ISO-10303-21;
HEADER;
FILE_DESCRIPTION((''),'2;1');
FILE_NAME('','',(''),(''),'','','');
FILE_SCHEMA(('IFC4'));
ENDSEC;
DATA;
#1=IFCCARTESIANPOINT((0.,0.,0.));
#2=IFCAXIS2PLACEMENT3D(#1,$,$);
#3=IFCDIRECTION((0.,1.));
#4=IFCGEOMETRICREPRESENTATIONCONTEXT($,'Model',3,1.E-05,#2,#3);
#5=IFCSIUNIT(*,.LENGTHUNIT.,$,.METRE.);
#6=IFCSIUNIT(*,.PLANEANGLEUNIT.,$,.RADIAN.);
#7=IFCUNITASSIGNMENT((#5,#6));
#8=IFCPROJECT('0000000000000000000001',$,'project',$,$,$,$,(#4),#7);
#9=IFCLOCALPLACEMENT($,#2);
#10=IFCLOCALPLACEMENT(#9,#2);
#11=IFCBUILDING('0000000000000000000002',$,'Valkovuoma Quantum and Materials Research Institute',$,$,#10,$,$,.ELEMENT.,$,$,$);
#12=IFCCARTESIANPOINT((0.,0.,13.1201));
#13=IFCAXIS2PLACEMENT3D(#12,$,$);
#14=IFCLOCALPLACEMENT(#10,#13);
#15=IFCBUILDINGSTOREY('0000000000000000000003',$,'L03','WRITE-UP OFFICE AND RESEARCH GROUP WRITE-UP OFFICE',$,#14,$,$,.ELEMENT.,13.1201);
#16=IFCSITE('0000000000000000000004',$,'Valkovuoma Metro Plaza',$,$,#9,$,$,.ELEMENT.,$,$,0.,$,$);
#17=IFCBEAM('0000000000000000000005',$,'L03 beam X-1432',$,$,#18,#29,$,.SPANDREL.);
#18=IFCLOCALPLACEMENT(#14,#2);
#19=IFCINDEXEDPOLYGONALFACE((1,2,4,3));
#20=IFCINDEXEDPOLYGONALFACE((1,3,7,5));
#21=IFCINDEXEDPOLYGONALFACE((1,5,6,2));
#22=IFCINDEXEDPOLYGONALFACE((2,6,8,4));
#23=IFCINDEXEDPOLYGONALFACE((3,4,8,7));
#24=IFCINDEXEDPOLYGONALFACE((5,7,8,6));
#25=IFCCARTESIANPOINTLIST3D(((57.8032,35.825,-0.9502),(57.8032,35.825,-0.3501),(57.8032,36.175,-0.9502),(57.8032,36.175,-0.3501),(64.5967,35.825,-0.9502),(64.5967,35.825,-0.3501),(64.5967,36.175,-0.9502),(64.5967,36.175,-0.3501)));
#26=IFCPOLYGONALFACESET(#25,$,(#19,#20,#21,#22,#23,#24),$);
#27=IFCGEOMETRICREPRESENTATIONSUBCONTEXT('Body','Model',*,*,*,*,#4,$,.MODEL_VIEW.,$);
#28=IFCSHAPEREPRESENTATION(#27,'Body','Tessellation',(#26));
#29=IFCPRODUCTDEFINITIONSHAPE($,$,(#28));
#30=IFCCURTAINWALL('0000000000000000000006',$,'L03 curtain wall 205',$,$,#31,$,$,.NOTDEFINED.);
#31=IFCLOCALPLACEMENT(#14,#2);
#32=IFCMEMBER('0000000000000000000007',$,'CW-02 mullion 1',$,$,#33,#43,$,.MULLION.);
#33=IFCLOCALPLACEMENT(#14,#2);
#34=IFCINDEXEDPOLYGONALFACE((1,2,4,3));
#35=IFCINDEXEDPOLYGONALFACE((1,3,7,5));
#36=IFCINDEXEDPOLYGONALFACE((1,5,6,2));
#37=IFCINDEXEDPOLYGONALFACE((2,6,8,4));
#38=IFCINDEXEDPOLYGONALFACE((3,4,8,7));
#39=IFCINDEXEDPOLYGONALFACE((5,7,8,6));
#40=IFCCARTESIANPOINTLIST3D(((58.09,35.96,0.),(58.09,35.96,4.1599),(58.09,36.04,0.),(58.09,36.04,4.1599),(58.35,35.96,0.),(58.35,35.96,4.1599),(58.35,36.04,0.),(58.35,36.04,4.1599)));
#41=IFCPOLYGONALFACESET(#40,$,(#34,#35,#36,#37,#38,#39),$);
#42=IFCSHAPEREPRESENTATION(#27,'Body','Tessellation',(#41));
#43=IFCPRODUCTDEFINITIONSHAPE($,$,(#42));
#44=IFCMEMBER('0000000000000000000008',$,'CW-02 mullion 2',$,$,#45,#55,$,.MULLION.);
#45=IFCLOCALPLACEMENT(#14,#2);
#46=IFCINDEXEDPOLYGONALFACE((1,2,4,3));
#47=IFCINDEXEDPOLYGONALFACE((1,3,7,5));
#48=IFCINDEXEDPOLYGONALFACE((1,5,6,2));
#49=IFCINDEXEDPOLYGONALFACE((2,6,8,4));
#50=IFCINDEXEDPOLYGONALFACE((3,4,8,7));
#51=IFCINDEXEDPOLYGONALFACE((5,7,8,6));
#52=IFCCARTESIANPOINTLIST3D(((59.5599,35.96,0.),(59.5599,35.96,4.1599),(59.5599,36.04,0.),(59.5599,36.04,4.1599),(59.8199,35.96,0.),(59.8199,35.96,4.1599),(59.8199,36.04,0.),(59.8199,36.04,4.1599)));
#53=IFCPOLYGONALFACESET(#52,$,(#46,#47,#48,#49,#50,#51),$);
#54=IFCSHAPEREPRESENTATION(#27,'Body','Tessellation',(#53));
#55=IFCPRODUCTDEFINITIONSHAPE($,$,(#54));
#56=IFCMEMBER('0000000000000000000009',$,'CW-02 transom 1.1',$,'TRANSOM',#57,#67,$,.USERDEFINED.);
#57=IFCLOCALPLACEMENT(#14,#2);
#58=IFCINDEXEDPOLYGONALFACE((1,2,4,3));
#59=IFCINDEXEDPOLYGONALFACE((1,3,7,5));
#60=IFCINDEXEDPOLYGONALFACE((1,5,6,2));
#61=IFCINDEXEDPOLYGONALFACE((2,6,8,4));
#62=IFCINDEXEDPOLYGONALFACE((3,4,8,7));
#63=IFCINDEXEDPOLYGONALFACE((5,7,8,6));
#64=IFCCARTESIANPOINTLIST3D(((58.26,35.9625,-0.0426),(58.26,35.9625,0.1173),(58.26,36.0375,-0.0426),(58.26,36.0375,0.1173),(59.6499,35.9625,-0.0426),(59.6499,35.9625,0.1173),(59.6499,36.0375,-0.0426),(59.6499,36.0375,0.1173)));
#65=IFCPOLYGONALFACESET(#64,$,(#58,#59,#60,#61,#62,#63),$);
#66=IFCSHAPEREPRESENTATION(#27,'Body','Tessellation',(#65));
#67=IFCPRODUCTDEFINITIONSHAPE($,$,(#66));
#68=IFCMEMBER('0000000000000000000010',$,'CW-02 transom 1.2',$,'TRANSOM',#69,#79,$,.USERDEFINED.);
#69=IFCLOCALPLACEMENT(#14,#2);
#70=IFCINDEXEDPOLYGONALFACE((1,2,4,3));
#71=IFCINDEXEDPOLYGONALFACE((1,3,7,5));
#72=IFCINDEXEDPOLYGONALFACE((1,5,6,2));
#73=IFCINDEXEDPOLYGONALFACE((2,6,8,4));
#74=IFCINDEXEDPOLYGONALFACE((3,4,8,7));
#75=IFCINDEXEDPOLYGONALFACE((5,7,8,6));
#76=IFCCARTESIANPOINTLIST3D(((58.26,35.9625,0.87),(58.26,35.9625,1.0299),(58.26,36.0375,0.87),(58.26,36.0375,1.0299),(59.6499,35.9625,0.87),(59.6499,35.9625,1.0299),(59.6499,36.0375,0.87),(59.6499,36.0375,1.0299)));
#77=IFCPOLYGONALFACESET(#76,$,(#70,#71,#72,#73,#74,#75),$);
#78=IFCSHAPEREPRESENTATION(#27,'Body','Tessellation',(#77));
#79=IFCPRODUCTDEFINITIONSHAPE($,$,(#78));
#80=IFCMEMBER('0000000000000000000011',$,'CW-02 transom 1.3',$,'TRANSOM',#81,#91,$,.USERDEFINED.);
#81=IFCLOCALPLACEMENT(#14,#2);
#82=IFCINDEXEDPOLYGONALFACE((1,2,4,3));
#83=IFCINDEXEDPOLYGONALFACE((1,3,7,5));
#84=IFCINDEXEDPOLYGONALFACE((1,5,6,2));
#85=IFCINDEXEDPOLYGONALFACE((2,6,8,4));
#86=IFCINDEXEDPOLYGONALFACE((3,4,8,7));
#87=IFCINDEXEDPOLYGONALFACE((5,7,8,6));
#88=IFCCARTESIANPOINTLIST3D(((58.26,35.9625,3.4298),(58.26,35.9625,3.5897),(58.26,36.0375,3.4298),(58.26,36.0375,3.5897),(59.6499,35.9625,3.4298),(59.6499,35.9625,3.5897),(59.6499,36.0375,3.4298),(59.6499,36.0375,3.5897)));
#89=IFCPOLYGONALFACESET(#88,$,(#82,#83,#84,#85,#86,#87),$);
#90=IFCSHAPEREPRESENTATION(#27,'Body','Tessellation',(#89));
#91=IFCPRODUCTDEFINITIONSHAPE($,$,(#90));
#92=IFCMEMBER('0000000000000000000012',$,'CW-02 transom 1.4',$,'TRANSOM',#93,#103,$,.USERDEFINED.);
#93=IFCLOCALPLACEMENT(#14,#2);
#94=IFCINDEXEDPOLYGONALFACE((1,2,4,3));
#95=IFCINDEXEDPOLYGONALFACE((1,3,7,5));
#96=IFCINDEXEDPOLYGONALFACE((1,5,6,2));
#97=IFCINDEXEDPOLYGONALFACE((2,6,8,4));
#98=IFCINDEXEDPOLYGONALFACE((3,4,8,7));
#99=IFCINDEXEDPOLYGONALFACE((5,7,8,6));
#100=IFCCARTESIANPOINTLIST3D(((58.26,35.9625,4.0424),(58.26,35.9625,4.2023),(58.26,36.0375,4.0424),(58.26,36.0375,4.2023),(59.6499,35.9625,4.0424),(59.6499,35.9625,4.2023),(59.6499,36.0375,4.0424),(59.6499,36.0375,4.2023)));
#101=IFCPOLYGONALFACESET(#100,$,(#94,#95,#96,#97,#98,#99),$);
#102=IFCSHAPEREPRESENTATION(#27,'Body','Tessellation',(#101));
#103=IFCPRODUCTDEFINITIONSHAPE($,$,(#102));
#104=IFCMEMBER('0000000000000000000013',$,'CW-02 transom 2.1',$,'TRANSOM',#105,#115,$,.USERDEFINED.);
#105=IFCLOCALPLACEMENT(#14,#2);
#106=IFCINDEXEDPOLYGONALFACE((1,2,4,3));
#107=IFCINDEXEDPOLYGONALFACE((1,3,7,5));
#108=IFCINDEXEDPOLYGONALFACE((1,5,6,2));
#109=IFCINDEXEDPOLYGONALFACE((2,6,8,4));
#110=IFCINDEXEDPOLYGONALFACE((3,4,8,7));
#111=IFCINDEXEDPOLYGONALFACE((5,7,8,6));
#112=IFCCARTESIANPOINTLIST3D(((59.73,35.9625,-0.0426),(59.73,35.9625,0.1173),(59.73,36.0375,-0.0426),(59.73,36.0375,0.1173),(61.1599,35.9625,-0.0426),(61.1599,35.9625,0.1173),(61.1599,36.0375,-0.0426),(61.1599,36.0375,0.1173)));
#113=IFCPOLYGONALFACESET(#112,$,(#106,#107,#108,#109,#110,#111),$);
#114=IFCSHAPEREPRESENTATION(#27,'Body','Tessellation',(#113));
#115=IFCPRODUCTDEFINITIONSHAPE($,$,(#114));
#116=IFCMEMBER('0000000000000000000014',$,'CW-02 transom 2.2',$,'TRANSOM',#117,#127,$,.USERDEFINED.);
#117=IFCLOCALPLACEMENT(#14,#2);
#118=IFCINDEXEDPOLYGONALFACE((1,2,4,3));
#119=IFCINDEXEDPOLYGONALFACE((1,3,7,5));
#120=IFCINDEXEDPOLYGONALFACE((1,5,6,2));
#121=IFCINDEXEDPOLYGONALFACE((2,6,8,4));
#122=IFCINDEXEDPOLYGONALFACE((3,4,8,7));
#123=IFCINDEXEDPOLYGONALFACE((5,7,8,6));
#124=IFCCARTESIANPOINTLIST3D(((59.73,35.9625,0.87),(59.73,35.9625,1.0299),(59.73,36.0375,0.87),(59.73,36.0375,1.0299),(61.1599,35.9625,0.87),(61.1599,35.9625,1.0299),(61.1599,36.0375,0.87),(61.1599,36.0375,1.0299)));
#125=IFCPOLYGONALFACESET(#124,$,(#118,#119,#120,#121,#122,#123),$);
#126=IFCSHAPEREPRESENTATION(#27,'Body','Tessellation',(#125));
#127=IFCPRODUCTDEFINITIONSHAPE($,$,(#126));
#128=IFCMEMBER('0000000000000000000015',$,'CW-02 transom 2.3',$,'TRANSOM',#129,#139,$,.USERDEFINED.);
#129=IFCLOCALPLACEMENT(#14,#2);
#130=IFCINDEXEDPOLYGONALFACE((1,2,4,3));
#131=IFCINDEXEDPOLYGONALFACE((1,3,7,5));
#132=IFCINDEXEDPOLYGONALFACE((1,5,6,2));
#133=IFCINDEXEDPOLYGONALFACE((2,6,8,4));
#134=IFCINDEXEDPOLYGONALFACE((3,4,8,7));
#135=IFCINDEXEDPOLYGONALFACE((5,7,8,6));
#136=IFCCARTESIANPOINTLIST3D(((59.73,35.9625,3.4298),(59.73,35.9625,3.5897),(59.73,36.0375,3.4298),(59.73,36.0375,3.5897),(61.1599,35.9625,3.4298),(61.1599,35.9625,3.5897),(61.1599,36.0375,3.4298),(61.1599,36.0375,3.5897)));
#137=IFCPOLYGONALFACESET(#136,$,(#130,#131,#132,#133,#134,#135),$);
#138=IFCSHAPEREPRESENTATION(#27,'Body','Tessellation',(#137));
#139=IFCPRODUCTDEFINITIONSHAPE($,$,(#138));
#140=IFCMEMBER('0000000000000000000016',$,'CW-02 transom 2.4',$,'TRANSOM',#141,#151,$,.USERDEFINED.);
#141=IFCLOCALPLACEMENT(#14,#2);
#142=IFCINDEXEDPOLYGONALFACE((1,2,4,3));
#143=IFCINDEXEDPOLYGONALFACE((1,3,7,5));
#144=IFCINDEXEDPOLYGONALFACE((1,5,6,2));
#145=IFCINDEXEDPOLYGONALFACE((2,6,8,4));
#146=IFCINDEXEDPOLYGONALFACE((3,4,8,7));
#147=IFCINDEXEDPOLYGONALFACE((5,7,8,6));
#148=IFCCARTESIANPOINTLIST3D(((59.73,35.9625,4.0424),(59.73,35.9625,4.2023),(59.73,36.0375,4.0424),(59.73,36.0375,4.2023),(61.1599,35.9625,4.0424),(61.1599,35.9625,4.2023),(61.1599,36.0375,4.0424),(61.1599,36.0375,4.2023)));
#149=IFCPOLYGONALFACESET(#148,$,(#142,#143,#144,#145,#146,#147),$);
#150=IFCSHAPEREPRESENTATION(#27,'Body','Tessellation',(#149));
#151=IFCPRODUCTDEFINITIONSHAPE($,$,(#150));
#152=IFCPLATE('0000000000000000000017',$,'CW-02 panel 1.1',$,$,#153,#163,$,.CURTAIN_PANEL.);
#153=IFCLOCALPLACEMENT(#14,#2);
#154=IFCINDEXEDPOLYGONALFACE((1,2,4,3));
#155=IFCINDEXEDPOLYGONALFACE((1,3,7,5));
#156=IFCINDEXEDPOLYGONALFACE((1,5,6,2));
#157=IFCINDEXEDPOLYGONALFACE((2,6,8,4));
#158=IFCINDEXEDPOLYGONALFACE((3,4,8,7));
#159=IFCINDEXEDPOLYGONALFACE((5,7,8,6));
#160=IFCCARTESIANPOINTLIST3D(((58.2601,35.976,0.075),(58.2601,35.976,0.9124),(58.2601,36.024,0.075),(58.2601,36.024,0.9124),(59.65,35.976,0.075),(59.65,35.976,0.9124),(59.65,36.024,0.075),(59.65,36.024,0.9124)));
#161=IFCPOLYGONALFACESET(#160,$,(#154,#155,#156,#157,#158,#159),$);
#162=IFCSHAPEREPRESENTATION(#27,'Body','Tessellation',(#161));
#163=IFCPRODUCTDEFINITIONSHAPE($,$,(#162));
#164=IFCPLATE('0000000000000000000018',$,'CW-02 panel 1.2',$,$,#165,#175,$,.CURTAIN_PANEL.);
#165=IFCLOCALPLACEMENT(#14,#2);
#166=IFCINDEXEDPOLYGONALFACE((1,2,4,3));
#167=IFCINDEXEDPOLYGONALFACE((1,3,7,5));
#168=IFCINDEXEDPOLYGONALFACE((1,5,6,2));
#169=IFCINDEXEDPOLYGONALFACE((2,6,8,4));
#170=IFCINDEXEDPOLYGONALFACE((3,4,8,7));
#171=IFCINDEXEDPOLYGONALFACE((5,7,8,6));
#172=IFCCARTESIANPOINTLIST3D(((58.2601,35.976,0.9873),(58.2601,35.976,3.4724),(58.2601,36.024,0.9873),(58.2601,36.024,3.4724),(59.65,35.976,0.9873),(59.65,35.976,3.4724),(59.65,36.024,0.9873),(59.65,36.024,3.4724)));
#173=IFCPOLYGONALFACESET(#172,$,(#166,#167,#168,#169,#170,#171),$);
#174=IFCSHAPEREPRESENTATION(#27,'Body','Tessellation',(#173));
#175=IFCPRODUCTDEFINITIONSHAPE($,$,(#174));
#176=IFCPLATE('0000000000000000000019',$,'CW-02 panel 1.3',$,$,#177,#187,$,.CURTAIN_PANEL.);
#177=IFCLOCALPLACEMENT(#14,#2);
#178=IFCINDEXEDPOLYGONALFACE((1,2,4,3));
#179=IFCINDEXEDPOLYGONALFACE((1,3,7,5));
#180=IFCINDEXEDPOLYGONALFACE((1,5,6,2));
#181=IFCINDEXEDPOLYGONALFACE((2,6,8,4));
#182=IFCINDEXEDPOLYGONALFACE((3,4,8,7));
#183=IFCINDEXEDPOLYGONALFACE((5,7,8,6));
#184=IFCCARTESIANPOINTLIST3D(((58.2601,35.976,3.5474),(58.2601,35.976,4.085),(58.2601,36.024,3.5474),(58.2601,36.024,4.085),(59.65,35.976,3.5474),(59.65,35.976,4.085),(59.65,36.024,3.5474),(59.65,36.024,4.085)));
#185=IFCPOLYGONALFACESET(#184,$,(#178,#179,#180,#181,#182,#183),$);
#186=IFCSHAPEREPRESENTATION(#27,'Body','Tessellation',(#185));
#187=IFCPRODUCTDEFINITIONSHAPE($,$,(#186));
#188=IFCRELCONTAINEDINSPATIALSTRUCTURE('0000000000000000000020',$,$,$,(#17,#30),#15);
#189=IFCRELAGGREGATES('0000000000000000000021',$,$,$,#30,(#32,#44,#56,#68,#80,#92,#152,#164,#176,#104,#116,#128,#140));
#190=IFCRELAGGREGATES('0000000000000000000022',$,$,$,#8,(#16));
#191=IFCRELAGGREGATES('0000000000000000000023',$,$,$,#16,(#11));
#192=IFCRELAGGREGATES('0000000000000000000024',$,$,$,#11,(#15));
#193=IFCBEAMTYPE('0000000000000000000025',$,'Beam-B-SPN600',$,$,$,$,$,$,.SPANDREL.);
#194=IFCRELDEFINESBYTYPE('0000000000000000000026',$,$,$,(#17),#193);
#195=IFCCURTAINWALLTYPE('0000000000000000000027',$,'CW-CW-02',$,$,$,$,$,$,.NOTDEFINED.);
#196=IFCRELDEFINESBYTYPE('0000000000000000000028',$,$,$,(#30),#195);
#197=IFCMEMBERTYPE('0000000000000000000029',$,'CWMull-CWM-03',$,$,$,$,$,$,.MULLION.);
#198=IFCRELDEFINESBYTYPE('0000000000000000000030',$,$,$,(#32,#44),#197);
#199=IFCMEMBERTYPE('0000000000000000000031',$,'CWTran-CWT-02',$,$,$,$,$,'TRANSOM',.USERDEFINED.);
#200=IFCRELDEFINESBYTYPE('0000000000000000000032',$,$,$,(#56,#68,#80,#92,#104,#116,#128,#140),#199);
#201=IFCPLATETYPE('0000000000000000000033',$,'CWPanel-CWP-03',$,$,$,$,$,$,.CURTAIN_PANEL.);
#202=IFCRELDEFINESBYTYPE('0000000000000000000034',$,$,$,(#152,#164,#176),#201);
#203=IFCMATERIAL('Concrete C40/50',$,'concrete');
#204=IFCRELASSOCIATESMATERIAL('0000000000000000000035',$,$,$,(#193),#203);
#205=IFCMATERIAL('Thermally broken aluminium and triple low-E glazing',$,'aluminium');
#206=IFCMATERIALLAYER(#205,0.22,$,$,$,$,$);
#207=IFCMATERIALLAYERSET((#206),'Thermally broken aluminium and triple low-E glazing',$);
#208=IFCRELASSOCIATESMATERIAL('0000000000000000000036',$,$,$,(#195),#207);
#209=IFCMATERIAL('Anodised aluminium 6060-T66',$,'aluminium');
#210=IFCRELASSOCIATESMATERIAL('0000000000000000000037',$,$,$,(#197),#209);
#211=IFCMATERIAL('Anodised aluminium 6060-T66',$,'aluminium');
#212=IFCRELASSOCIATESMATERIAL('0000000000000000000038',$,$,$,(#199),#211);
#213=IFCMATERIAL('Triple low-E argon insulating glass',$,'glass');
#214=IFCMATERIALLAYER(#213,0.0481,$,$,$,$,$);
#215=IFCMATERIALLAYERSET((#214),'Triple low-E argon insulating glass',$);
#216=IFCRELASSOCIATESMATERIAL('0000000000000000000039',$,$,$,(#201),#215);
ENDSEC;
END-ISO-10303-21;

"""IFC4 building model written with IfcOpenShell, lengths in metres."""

from ifc_helpers import new_model, si_unit, direction, frame, origin, origin_2d, place, context, subcontext, project, spatial, rectangle, extrude, material, layer, layer_set, material_profile, profile_set, type_object, element, aggregate, save


model = new_model("IFC4")

# Units and contexts
model_context = context("Model", 3, precision=1e-05, world=origin(), true_north=direction((0.0, 1.0)))
body_context = subcontext(model_context, "Body", "Model", "MODEL_VIEW")
ifc_project = project(units=[si_unit("LENGTHUNIT", "METRE"), si_unit("PLANEANGLEUNIT", "RADIAN")], contexts=[model_context])

# Site, building, storey
site_placement = place(None, origin())
site = spatial("IfcSite", under=ifc_project, at=site_placement, Name="Valkovuoma Metro Plaza", CompositionType="ELEMENT", RefElevation=0.0)
building_placement = place(site_placement, origin())
building = spatial("IfcBuilding", under=site, at=building_placement, Name="Valkovuoma Quantum and Materials Research Institute", CompositionType="ELEMENT")
storey_placement = place(building_placement, frame((0.0, 0.0, 13.1201)))
storey = spatial("IfcBuildingStorey", under=building, at=storey_placement, Name="L03", Description="WRITE-UP OFFICE AND RESEARCH GROUP WRITE-UP OFFICE", CompositionType="ELEMENT", Elevation=13.1201)

# Beam
ifc_material_1 = material(Name="Concrete C40/50", Category="concrete")
ifc_material_profile_1 = material_profile(ifc_material_1, rectangle(XDim=0.3501, YDim=0.6001, at=origin_2d()), Name="Concrete C40/50")
ifc_profile_set_1 = profile_set([ifc_material_profile_1], Name="Concrete C40/50")
beam_type = type_object("IfcBeamType", Name="Beam-B-SPN600", PredefinedType="SPANDREL", material=ifc_profile_set_1)
beam_placement = place(storey_placement, frame((57.8032, 36.0, -0.6501), z_axis=(1.0, 0.0, 0.0), x_axis=(0.0, 1.0, 0.0)))
element("IfcBeam", 1, at=beam_placement, inside=storey, type_object=beam_type, Name="L03 beam X-1432", PredefinedType="SPANDREL", context=body_context, shape_type="SweptSolid", body=[
    extrude(rectangle(XDim=0.3501, YDim=0.6001, at=origin_2d()), origin(), (0.0, 0.0, 1.0), 6.7935),
])

# Curtain wall, members, plates
ifc_material_2 = material(Name="Thermally broken aluminium and triple low-E glazing", Category="aluminium")
ifc_layer_1 = layer(ifc_material_2, 0.22)
ifc_layer_set_1 = layer_set([ifc_layer_1], Name="Thermally broken aluminium and triple low-E glazing")
curtain_wall_type = type_object("IfcCurtainWallType", Name="CW-CW-02", PredefinedType="NOTDEFINED", material=ifc_layer_set_1)
curtain_wall_placement = place(storey_placement, origin())
curtain_wall = element("IfcCurtainWall", 2, at=curtain_wall_placement, inside=storey, type_object=curtain_wall_type, Name="L03 curtain wall 205", PredefinedType="NOTDEFINED")
ifc_material_3 = material(Name="Anodised aluminium 6060-T66", Category="aluminium")
ifc_material_profile_2 = material_profile(ifc_material_3, rectangle(XDim=0.0801, YDim=0.26, at=origin_2d()), Name="Anodised aluminium 6060-T66")
ifc_profile_set_2 = profile_set([ifc_material_profile_2], Name="Anodised aluminium 6060-T66")
member_type_1 = type_object("IfcMemberType", Name="CWMull-CWM-03", PredefinedType="MULLION", material=ifc_profile_set_2)
member_1_placement = place(storey_placement, frame((58.22, 36.0, 0.0), z_axis=(0.0, 0.0, 1.0), x_axis=(0.0, 1.0, 0.0)))
member_1 = element("IfcMember", 3, at=member_1_placement, type_object=member_type_1, Name="CW-02 mullion 1", PredefinedType="MULLION", context=body_context, shape_type="SweptSolid", body=[
    extrude(rectangle(XDim=0.0801, YDim=0.26, at=origin_2d()), origin(), (0.0, 0.0, 1.0), 4.1599),
])
member_2_placement = place(storey_placement, frame((59.6899, 36.0, 0.0), z_axis=(0.0, 0.0, 1.0), x_axis=(0.0, 1.0, 0.0)))
member_2 = element("IfcMember", 4, at=member_2_placement, type_object=member_type_1, Name="CW-02 mullion 2", PredefinedType="MULLION", context=body_context, shape_type="SweptSolid", body=[
    extrude(rectangle(XDim=0.0801, YDim=0.26, at=origin_2d()), origin(), (0.0, 0.0, 1.0), 4.1599),
])
ifc_material_4 = material(Name="Anodised aluminium 6060-T66", Category="aluminium")
ifc_material_profile_3 = material_profile(ifc_material_4, rectangle(XDim=0.075, YDim=0.1599, at=origin_2d()), Name="Anodised aluminium 6060-T66")
ifc_profile_set_3 = profile_set([ifc_material_profile_3], Name="Anodised aluminium 6060-T66")
member_type_2 = type_object("IfcMemberType", Name="CWTran-CWT-02", ElementType="TRANSOM", PredefinedType="USERDEFINED", material=ifc_profile_set_3)
member_3_placement = place(storey_placement, frame((58.26, 36.0, 0.0374), z_axis=(1.0, 0.0, 0.0), x_axis=(0.0, 1.0, 0.0)))
member_3 = element("IfcMember", 5, at=member_3_placement, type_object=member_type_2, Name="CW-02 transom 1.1", ObjectType="TRANSOM", PredefinedType="USERDEFINED", context=body_context, shape_type="SweptSolid", body=[
    extrude(rectangle(XDim=0.075, YDim=0.1599, at=origin_2d()), origin(), (0.0, 0.0, 1.0), 1.3899),
])
member_4_placement = place(storey_placement, frame((58.26, 36.0, 0.95), z_axis=(1.0, 0.0, 0.0), x_axis=(0.0, 1.0, 0.0)))
member_4 = element("IfcMember", 6, at=member_4_placement, type_object=member_type_2, Name="CW-02 transom 1.2", ObjectType="TRANSOM", PredefinedType="USERDEFINED", context=body_context, shape_type="SweptSolid", body=[
    extrude(rectangle(XDim=0.075, YDim=0.1599, at=origin_2d()), origin(), (0.0, 0.0, 1.0), 1.3899),
])
member_5_placement = place(storey_placement, frame((58.26, 36.0, 3.5098), z_axis=(1.0, 0.0, 0.0), x_axis=(0.0, 1.0, 0.0)))
member_5 = element("IfcMember", 7, at=member_5_placement, type_object=member_type_2, Name="CW-02 transom 1.3", ObjectType="TRANSOM", PredefinedType="USERDEFINED", context=body_context, shape_type="SweptSolid", body=[
    extrude(rectangle(XDim=0.075, YDim=0.1599, at=origin_2d()), origin(), (0.0, 0.0, 1.0), 1.3899),
])
member_6_placement = place(storey_placement, frame((58.26, 36.0, 4.1223), z_axis=(1.0, 0.0, 0.0), x_axis=(0.0, 1.0, 0.0)))
member_6 = element("IfcMember", 8, at=member_6_placement, type_object=member_type_2, Name="CW-02 transom 1.4", ObjectType="TRANSOM", PredefinedType="USERDEFINED", context=body_context, shape_type="SweptSolid", body=[
    extrude(rectangle(XDim=0.075, YDim=0.1599, at=origin_2d()), origin(), (0.0, 0.0, 1.0), 1.3899),
])
member_7_placement = place(storey_placement, frame((59.73, 36.0, 0.0374), z_axis=(1.0, 0.0, 0.0), x_axis=(0.0, 1.0, 0.0)))
member_7 = element("IfcMember", 9, at=member_7_placement, type_object=member_type_2, Name="CW-02 transom 2.1", ObjectType="TRANSOM", PredefinedType="USERDEFINED", context=body_context, shape_type="SweptSolid", body=[
    extrude(rectangle(XDim=0.075, YDim=0.1599, at=origin_2d()), origin(), (0.0, 0.0, 1.0), 1.4299),
])
member_8_placement = place(storey_placement, frame((59.73, 36.0, 0.95), z_axis=(1.0, 0.0, 0.0), x_axis=(0.0, 1.0, 0.0)))
member_8 = element("IfcMember", 10, at=member_8_placement, type_object=member_type_2, Name="CW-02 transom 2.2", ObjectType="TRANSOM", PredefinedType="USERDEFINED", context=body_context, shape_type="SweptSolid", body=[
    extrude(rectangle(XDim=0.075, YDim=0.1599, at=origin_2d()), origin(), (0.0, 0.0, 1.0), 1.4299),
])
member_9_placement = place(storey_placement, frame((59.73, 36.0, 3.5098), z_axis=(1.0, 0.0, 0.0), x_axis=(0.0, 1.0, 0.0)))
member_9 = element("IfcMember", 11, at=member_9_placement, type_object=member_type_2, Name="CW-02 transom 2.3", ObjectType="TRANSOM", PredefinedType="USERDEFINED", context=body_context, shape_type="SweptSolid", body=[
    extrude(rectangle(XDim=0.075, YDim=0.1599, at=origin_2d()), origin(), (0.0, 0.0, 1.0), 1.4299),
])
member_10_placement = place(storey_placement, frame((59.73, 36.0, 4.1223), z_axis=(1.0, 0.0, 0.0), x_axis=(0.0, 1.0, 0.0)))
member_10 = element("IfcMember", 12, at=member_10_placement, type_object=member_type_2, Name="CW-02 transom 2.4", ObjectType="TRANSOM", PredefinedType="USERDEFINED", context=body_context, shape_type="SweptSolid", body=[
    extrude(rectangle(XDim=0.075, YDim=0.1599, at=origin_2d()), origin(), (0.0, 0.0, 1.0), 1.4299),
])
ifc_material_5 = material(Name="Triple low-E argon insulating glass", Category="glass")
ifc_layer_2 = layer(ifc_material_5, 0.0481)
ifc_layer_set_2 = layer_set([ifc_layer_2], Name="Triple low-E argon insulating glass")
plate_type_1 = type_object("IfcPlateType", Name="CWPanel-CWP-03", PredefinedType="CURTAIN_PANEL", material=ifc_layer_set_2)
plate_1_placement = place(storey_placement, frame((58.9551, 36.0, 0.075), z_axis=(0.0, 0.0, 1.0), x_axis=(1.0, 0.0, 0.0)))
plate_1 = element("IfcPlate", 13, at=plate_1_placement, type_object=plate_type_1, Name="CW-02 panel 1.1", PredefinedType="CURTAIN_PANEL", context=body_context, shape_type="SweptSolid", body=[
    extrude(rectangle(XDim=1.3899, YDim=0.0481, at=origin_2d()), origin(), (0.0, 0.0, 1.0), 0.8374),
])
plate_2_placement = place(storey_placement, frame((58.9551, 36.0, 0.9873), z_axis=(0.0, 0.0, 1.0), x_axis=(1.0, 0.0, 0.0)))
plate_2 = element("IfcPlate", 14, at=plate_2_placement, type_object=plate_type_1, Name="CW-02 panel 1.2", PredefinedType="CURTAIN_PANEL", context=body_context, shape_type="SweptSolid", body=[
    extrude(rectangle(XDim=1.3899, YDim=0.0481, at=origin_2d()), origin(), (0.0, 0.0, 1.0), 2.4851),
])
plate_3_placement = place(storey_placement, frame((58.9551, 36.0, 3.5474), z_axis=(0.0, 0.0, 1.0), x_axis=(1.0, 0.0, 0.0)))
plate_3 = element("IfcPlate", 15, at=plate_3_placement, type_object=plate_type_1, Name="CW-02 panel 1.3", PredefinedType="CURTAIN_PANEL", context=body_context, shape_type="SweptSolid", body=[
    extrude(rectangle(XDim=1.3899, YDim=0.0481, at=origin_2d()), origin(), (0.0, 0.0, 1.0), 0.5376),
])
aggregate(curtain_wall, [member_1, member_2, member_3, member_4, member_5, member_6, plate_1, plate_2, plate_3, member_7, member_8, member_9, member_10])

save(model, "model.ifc")
